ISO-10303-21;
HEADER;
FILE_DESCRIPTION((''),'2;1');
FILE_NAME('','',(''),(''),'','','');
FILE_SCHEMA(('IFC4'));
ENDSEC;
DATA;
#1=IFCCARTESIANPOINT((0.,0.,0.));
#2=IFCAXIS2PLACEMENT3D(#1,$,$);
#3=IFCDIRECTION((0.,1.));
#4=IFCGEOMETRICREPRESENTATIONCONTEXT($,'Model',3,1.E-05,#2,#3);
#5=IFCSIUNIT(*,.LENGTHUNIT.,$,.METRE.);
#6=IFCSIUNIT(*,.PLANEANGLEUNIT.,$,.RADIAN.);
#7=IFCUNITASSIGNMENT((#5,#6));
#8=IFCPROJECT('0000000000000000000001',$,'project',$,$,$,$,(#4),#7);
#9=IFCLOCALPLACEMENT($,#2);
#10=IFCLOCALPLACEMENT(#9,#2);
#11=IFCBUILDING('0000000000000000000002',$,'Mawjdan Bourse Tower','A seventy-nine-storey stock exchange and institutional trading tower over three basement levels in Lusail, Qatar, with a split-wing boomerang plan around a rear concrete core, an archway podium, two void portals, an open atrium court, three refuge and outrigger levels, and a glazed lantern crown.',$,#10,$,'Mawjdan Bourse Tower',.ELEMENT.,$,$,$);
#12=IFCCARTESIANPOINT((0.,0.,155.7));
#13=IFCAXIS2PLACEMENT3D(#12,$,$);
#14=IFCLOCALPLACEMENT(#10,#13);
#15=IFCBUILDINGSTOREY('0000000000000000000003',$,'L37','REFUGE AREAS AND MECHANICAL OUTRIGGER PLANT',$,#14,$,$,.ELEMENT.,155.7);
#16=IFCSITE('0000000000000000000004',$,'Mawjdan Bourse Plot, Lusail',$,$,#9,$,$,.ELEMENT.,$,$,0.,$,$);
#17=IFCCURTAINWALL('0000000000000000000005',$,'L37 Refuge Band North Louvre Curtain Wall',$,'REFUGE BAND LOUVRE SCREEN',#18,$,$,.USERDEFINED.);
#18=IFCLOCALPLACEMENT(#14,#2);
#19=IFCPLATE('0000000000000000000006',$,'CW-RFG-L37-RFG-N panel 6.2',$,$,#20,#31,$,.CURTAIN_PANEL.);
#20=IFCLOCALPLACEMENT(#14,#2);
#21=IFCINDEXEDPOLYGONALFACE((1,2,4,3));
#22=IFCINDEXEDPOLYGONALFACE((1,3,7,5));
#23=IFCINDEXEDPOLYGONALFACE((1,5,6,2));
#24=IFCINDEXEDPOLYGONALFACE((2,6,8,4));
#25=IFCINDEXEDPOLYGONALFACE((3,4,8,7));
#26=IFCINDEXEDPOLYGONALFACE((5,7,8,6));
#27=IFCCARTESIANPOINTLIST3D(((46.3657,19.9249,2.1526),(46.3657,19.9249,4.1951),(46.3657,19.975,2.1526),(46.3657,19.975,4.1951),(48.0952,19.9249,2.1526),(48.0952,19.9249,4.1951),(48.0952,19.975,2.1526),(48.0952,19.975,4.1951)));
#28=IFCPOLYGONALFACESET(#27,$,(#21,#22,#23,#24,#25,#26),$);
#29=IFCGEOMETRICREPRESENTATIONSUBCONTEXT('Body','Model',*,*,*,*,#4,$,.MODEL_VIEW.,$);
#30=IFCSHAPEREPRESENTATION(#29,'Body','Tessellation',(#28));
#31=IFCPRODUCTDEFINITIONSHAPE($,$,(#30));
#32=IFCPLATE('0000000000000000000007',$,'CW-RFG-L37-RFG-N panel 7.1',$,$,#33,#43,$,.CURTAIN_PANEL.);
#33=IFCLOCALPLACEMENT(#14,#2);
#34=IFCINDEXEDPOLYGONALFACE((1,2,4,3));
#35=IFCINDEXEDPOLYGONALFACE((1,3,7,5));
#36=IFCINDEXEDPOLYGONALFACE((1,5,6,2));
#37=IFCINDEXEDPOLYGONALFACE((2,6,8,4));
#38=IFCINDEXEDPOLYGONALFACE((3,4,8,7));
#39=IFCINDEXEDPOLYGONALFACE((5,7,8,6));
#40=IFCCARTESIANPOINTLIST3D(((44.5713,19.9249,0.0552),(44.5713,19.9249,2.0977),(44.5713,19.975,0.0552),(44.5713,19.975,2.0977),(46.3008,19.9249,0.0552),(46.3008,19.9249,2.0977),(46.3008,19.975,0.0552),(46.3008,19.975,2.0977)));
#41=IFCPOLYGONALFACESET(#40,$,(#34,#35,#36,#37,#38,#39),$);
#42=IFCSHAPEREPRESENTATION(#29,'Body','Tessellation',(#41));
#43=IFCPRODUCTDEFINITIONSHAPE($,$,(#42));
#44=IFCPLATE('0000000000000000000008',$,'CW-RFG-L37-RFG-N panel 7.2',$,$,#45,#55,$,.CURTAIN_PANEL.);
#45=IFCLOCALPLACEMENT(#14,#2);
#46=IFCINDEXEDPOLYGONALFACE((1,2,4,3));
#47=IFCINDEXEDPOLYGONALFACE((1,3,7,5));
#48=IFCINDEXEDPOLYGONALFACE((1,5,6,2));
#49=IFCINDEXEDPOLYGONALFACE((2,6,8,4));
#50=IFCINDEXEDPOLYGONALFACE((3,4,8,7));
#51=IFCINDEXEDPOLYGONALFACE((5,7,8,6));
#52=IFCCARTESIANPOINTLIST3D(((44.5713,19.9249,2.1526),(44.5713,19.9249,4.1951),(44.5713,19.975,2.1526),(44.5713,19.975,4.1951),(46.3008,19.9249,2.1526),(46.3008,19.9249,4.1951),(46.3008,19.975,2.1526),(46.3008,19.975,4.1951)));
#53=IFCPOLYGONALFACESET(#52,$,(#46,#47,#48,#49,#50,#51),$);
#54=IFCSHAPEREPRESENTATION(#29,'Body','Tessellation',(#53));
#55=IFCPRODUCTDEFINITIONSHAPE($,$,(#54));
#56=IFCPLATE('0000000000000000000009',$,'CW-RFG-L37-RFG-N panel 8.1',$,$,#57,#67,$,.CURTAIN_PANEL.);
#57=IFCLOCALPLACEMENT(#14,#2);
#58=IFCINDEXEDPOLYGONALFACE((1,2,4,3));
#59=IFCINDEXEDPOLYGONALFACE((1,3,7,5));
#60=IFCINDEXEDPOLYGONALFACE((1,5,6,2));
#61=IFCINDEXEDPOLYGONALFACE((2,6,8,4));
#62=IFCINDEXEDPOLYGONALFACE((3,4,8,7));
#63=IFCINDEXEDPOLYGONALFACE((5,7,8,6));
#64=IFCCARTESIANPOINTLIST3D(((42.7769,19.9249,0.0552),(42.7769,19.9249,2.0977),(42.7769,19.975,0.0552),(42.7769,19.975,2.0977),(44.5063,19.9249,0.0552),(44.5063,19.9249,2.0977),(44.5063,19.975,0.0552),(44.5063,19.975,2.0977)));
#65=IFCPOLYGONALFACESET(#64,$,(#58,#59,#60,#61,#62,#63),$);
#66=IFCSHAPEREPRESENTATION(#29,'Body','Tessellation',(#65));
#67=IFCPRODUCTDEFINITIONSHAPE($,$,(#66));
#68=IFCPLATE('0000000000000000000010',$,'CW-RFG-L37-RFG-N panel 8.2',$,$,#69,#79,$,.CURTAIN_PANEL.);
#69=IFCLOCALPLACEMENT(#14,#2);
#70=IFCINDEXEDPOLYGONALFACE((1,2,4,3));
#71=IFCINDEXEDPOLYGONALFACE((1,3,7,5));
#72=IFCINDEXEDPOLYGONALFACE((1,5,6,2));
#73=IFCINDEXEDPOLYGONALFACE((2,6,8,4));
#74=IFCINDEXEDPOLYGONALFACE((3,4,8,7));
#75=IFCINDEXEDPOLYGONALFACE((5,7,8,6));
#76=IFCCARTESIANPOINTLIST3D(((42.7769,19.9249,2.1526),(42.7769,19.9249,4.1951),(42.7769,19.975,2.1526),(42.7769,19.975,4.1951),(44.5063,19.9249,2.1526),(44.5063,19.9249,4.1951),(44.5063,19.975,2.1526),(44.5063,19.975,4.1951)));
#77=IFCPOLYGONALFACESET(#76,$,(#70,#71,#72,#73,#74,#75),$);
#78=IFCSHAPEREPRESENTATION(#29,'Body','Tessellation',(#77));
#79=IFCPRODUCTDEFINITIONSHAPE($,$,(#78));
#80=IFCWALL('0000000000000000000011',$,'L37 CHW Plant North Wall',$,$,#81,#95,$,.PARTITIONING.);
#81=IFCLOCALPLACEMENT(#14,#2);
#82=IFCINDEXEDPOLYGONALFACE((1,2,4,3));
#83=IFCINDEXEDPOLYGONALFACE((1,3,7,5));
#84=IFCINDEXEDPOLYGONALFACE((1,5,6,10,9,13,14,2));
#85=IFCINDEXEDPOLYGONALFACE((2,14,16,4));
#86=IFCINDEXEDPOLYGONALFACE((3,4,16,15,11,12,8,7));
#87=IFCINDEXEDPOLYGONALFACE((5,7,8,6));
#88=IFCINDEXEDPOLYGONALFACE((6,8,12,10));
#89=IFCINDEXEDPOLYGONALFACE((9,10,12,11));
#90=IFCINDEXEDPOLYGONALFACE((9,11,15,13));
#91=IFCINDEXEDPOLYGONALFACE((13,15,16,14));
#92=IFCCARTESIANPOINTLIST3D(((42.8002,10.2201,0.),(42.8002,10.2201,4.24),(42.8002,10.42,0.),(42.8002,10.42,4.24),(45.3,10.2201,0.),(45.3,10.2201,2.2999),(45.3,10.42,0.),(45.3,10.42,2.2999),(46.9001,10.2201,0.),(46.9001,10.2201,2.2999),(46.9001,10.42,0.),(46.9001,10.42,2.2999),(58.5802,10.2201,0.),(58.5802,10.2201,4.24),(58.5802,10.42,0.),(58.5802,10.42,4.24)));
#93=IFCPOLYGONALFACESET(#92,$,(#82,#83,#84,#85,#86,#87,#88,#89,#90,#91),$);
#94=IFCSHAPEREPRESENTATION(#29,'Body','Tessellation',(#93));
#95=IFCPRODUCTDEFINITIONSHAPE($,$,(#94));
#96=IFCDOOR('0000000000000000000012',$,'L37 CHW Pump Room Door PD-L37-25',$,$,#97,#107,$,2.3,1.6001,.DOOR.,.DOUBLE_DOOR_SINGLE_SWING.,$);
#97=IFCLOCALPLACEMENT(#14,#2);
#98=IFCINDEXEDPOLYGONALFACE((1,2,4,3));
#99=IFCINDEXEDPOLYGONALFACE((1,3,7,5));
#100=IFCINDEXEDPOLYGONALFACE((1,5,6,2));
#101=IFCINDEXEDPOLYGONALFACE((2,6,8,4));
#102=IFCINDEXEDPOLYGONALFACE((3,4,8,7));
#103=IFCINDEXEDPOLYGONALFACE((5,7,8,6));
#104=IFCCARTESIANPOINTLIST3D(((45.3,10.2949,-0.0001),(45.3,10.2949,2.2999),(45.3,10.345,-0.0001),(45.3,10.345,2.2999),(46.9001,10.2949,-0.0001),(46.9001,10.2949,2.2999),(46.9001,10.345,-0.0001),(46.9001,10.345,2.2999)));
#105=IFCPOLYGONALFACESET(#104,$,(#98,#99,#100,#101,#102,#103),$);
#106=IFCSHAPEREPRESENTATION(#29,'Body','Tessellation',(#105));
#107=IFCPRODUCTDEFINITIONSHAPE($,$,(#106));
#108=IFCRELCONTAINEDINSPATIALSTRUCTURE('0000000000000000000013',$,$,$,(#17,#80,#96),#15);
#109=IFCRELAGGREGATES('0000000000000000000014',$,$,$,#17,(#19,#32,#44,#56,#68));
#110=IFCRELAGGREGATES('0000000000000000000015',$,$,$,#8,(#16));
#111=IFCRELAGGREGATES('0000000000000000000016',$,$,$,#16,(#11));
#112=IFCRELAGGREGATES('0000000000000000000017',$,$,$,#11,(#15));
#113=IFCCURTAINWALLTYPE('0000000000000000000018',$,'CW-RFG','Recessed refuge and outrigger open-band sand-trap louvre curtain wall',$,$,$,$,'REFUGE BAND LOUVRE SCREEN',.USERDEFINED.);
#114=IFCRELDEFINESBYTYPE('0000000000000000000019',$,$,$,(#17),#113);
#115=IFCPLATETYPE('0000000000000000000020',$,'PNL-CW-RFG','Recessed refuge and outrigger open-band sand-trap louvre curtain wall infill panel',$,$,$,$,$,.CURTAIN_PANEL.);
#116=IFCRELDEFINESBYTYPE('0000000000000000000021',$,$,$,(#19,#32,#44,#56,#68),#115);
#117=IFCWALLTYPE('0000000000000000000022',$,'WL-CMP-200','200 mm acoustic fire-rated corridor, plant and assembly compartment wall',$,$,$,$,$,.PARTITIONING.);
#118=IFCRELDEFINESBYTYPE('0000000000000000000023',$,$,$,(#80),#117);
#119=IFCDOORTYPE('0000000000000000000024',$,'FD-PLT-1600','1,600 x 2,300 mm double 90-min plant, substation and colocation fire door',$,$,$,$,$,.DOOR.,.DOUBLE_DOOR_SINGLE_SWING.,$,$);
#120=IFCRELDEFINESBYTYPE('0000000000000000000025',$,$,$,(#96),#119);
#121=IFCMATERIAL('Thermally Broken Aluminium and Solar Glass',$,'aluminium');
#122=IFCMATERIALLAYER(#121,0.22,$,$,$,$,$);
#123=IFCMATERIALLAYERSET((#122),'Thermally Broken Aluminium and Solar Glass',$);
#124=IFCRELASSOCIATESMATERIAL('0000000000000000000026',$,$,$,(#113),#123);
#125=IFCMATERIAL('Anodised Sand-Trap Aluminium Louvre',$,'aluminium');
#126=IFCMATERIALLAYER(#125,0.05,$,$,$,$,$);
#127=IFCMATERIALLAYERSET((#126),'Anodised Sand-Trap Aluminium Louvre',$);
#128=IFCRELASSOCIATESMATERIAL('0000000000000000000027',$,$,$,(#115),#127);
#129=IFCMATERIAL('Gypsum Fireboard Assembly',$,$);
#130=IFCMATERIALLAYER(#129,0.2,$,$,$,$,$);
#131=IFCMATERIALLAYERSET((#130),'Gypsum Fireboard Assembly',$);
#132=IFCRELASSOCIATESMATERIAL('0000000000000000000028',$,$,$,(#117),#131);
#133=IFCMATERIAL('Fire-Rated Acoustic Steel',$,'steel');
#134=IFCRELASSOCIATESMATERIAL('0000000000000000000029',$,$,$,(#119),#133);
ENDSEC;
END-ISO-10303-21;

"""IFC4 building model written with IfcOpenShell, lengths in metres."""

from ifc_helpers import new_model, si_unit, direction, frame, frame_2d, origin, origin_2d, place, context, subcontext, project, spatial, rectangle, extrude, material, layer, layer_set, type_object, element, fill, aggregate, save


model = new_model("IFC4")

# Units and contexts
model_context = context("Model", 3, precision=1e-05, world=origin(), true_north=direction((0.0, 1.0)))
body_context = subcontext(model_context, "Body", "Model", "MODEL_VIEW")
ifc_project = project(units=[si_unit("LENGTHUNIT", "METRE"), si_unit("PLANEANGLEUNIT", "RADIAN")], contexts=[model_context])

# Site, building, storey
site_placement = place(None, origin())
site = spatial("IfcSite", under=ifc_project, at=site_placement, Name="Mawjdan Bourse Plot, Lusail", CompositionType="ELEMENT", RefElevation=0.0)
building_placement = place(site_placement, origin())
building = spatial("IfcBuilding", under=site, at=building_placement, Name="Mawjdan Bourse Tower", Description="A seventy-nine-storey stock exchange and institutional trading tower over three basement levels in Lusail, Qatar, with a split-wing boomerang plan around a rear concrete core, an archway podium, two void portals, an open atrium court, three refuge and outrigger levels, and a glazed lantern crown.", LongName="Mawjdan Bourse Tower", CompositionType="ELEMENT")
storey_placement = place(building_placement, frame((0.0, 0.0, 155.7)))
storey = spatial("IfcBuildingStorey", under=building, at=storey_placement, Name="L37", Description="REFUGE AREAS AND MECHANICAL OUTRIGGER PLANT", CompositionType="ELEMENT", Elevation=155.7)

# Curtain wall
ifc_material_1 = material(Name="Thermally Broken Aluminium and Solar Glass", Category="aluminium")
ifc_layer_1 = layer(ifc_material_1, 0.22)
ifc_layer_set_1 = layer_set([ifc_layer_1], Name="Thermally Broken Aluminium and Solar Glass")
curtain_wall_type = type_object("IfcCurtainWallType", Name="CW-RFG", Description="Recessed refuge and outrigger open-band sand-trap louvre curtain wall", ElementType="REFUGE BAND LOUVRE SCREEN", PredefinedType="USERDEFINED", material=ifc_layer_set_1)
curtain_wall_placement = place(storey_placement, origin())
curtain_wall = element("IfcCurtainWall", 1, at=curtain_wall_placement, inside=storey, type_object=curtain_wall_type, Name="L37 Refuge Band North Louvre Curtain Wall", ObjectType="REFUGE BAND LOUVRE SCREEN", PredefinedType="USERDEFINED")

# Plates
ifc_material_2 = material(Name="Anodised Sand-Trap Aluminium Louvre", Category="aluminium")
ifc_layer_2 = layer(ifc_material_2, 0.05)
ifc_layer_set_2 = layer_set([ifc_layer_2], Name="Anodised Sand-Trap Aluminium Louvre")
plate_type = type_object("IfcPlateType", Name="PNL-CW-RFG", Description="Recessed refuge and outrigger open-band sand-trap louvre curtain wall infill panel", PredefinedType="CURTAIN_PANEL", material=ifc_layer_set_2)
plate_1_placement = place(storey_placement, frame((47.2305, 19.95, 2.1526), z_axis=(0.0, 0.0, 1.0), x_axis=(-1.0, 0.0, 0.0)))
plate_1 = element("IfcPlate", 2, at=plate_1_placement, type_object=plate_type, Name="CW-RFG-L37-RFG-N panel 6.2", PredefinedType="CURTAIN_PANEL", context=body_context, shape_type="SweptSolid", body=[
    extrude(rectangle(XDim=1.7295, YDim=0.05, at=origin_2d()), origin(), (0.0, 0.0, 1.0), 2.0425),
])
plate_2_placement = place(storey_placement, frame((45.436, 19.95, 0.0552), z_axis=(0.0, 0.0, 1.0), x_axis=(-1.0, 0.0, 0.0)))
plate_2 = element("IfcPlate", 3, at=plate_2_placement, type_object=plate_type, Name="CW-RFG-L37-RFG-N panel 7.1", PredefinedType="CURTAIN_PANEL", context=body_context, shape_type="SweptSolid", body=[
    extrude(rectangle(XDim=1.7295, YDim=0.05, at=origin_2d()), origin(), (0.0, 0.0, 1.0), 2.0425),
])
plate_3_placement = place(storey_placement, frame((45.436, 19.95, 2.1526), z_axis=(0.0, 0.0, 1.0), x_axis=(-1.0, 0.0, 0.0)))
plate_3 = element("IfcPlate", 4, at=plate_3_placement, type_object=plate_type, Name="CW-RFG-L37-RFG-N panel 7.2", PredefinedType="CURTAIN_PANEL", context=body_context, shape_type="SweptSolid", body=[
    extrude(rectangle(XDim=1.7295, YDim=0.05, at=origin_2d()), origin(), (0.0, 0.0, 1.0), 2.0425),
])
plate_4_placement = place(storey_placement, frame((43.6416, 19.95, 0.0552), z_axis=(0.0, 0.0, 1.0), x_axis=(-1.0, 0.0, 0.0)))
plate_4 = element("IfcPlate", 5, at=plate_4_placement, type_object=plate_type, Name="CW-RFG-L37-RFG-N panel 8.1", PredefinedType="CURTAIN_PANEL", context=body_context, shape_type="SweptSolid", body=[
    extrude(rectangle(XDim=1.7295, YDim=0.05, at=origin_2d()), origin(), (0.0, 0.0, 1.0), 2.0425),
])
plate_5_placement = place(storey_placement, frame((43.6416, 19.95, 2.1526), z_axis=(0.0, 0.0, 1.0), x_axis=(-1.0, 0.0, 0.0)))
plate_5 = element("IfcPlate", 6, at=plate_5_placement, type_object=plate_type, Name="CW-RFG-L37-RFG-N panel 8.2", PredefinedType="CURTAIN_PANEL", context=body_context, shape_type="SweptSolid", body=[
    extrude(rectangle(XDim=1.7295, YDim=0.05, at=origin_2d()), origin(), (0.0, 0.0, 1.0), 2.0425),
])
aggregate(curtain_wall, [plate_1, plate_2, plate_3, plate_4, plate_5])

# Wall, opening, door
ifc_material_3 = material(Name="Gypsum Fireboard Assembly")
ifc_layer_3 = layer(ifc_material_3, 0.2)
ifc_layer_set_3 = layer_set([ifc_layer_3], Name="Gypsum Fireboard Assembly")
wall_type = type_object("IfcWallType", Name="WL-CMP-200", Description="200 mm acoustic fire-rated corridor, plant and assembly compartment wall", PredefinedType="PARTITIONING", material=ifc_layer_set_3)
wall_placement = place(storey_placement, frame((42.8, 10.3201, 0.0), z_axis=(0.0, 0.0, 1.0), x_axis=(1.0, 0.0, 0.0)))
wall = element("IfcWall", 7, at=wall_placement, inside=storey, type_object=wall_type, Name="L37 CHW Plant North Wall", PredefinedType="PARTITIONING", context=body_context, shape_type="SweptSolid", body=[
    extrude(rectangle(XDim=15.78, YDim=0.2, at=frame_2d((7.8901, 0.0))), origin(), (0.0, 0.0, 1.0), 4.24),
])
opening_placement = place(wall_placement, frame((2.5, 0.0, 0.0)))
opening = element("IfcOpeningElement", 8, at=opening_placement, cuts=wall, PredefinedType="OPENING", context=body_context, shape_type="SweptSolid", body=[
    extrude(rectangle(XDim=1.6001, YDim=2.3, at=frame_2d((0.8, 1.1499))), frame((0.0, 0.1099, 0.0), z_axis=(0.0, -1.0, 0.0), x_axis=(1.0, 0.0, 0.0)), (0.0, 0.0, 1.0), 0.22),
])
ifc_material_4 = material(Name="Fire-Rated Acoustic Steel", Category="steel")
door_type = type_object("IfcDoorType", Name="FD-PLT-1600", Description="1,600 x 2,300 mm double 90-min plant, substation and colocation fire door", OperationType="DOUBLE_DOOR_SINGLE_SWING", PredefinedType="DOOR", material=ifc_material_4)
door_placement = place(opening_placement, origin())
door = element("IfcDoor", 9, at=door_placement, inside=storey, type_object=door_type, Name="L37 CHW Pump Room Door PD-L37-25", OperationType="DOUBLE_DOOR_SINGLE_SWING", OverallHeight=2.3, OverallWidth=1.6001, PredefinedType="DOOR", context=body_context, shape_type="SweptSolid", body=[
    extrude(rectangle(XDim=1.6001, YDim=2.3, at=frame_2d((0.8, 1.1499))), frame((0.0, 0.0249, 0.0), z_axis=(0.0, -1.0, 0.0), x_axis=(1.0, 0.0, 0.0)), (0.0, 0.0, 1.0), 0.05),
])
fill(opening, door)

save(model, "model.ifc")
